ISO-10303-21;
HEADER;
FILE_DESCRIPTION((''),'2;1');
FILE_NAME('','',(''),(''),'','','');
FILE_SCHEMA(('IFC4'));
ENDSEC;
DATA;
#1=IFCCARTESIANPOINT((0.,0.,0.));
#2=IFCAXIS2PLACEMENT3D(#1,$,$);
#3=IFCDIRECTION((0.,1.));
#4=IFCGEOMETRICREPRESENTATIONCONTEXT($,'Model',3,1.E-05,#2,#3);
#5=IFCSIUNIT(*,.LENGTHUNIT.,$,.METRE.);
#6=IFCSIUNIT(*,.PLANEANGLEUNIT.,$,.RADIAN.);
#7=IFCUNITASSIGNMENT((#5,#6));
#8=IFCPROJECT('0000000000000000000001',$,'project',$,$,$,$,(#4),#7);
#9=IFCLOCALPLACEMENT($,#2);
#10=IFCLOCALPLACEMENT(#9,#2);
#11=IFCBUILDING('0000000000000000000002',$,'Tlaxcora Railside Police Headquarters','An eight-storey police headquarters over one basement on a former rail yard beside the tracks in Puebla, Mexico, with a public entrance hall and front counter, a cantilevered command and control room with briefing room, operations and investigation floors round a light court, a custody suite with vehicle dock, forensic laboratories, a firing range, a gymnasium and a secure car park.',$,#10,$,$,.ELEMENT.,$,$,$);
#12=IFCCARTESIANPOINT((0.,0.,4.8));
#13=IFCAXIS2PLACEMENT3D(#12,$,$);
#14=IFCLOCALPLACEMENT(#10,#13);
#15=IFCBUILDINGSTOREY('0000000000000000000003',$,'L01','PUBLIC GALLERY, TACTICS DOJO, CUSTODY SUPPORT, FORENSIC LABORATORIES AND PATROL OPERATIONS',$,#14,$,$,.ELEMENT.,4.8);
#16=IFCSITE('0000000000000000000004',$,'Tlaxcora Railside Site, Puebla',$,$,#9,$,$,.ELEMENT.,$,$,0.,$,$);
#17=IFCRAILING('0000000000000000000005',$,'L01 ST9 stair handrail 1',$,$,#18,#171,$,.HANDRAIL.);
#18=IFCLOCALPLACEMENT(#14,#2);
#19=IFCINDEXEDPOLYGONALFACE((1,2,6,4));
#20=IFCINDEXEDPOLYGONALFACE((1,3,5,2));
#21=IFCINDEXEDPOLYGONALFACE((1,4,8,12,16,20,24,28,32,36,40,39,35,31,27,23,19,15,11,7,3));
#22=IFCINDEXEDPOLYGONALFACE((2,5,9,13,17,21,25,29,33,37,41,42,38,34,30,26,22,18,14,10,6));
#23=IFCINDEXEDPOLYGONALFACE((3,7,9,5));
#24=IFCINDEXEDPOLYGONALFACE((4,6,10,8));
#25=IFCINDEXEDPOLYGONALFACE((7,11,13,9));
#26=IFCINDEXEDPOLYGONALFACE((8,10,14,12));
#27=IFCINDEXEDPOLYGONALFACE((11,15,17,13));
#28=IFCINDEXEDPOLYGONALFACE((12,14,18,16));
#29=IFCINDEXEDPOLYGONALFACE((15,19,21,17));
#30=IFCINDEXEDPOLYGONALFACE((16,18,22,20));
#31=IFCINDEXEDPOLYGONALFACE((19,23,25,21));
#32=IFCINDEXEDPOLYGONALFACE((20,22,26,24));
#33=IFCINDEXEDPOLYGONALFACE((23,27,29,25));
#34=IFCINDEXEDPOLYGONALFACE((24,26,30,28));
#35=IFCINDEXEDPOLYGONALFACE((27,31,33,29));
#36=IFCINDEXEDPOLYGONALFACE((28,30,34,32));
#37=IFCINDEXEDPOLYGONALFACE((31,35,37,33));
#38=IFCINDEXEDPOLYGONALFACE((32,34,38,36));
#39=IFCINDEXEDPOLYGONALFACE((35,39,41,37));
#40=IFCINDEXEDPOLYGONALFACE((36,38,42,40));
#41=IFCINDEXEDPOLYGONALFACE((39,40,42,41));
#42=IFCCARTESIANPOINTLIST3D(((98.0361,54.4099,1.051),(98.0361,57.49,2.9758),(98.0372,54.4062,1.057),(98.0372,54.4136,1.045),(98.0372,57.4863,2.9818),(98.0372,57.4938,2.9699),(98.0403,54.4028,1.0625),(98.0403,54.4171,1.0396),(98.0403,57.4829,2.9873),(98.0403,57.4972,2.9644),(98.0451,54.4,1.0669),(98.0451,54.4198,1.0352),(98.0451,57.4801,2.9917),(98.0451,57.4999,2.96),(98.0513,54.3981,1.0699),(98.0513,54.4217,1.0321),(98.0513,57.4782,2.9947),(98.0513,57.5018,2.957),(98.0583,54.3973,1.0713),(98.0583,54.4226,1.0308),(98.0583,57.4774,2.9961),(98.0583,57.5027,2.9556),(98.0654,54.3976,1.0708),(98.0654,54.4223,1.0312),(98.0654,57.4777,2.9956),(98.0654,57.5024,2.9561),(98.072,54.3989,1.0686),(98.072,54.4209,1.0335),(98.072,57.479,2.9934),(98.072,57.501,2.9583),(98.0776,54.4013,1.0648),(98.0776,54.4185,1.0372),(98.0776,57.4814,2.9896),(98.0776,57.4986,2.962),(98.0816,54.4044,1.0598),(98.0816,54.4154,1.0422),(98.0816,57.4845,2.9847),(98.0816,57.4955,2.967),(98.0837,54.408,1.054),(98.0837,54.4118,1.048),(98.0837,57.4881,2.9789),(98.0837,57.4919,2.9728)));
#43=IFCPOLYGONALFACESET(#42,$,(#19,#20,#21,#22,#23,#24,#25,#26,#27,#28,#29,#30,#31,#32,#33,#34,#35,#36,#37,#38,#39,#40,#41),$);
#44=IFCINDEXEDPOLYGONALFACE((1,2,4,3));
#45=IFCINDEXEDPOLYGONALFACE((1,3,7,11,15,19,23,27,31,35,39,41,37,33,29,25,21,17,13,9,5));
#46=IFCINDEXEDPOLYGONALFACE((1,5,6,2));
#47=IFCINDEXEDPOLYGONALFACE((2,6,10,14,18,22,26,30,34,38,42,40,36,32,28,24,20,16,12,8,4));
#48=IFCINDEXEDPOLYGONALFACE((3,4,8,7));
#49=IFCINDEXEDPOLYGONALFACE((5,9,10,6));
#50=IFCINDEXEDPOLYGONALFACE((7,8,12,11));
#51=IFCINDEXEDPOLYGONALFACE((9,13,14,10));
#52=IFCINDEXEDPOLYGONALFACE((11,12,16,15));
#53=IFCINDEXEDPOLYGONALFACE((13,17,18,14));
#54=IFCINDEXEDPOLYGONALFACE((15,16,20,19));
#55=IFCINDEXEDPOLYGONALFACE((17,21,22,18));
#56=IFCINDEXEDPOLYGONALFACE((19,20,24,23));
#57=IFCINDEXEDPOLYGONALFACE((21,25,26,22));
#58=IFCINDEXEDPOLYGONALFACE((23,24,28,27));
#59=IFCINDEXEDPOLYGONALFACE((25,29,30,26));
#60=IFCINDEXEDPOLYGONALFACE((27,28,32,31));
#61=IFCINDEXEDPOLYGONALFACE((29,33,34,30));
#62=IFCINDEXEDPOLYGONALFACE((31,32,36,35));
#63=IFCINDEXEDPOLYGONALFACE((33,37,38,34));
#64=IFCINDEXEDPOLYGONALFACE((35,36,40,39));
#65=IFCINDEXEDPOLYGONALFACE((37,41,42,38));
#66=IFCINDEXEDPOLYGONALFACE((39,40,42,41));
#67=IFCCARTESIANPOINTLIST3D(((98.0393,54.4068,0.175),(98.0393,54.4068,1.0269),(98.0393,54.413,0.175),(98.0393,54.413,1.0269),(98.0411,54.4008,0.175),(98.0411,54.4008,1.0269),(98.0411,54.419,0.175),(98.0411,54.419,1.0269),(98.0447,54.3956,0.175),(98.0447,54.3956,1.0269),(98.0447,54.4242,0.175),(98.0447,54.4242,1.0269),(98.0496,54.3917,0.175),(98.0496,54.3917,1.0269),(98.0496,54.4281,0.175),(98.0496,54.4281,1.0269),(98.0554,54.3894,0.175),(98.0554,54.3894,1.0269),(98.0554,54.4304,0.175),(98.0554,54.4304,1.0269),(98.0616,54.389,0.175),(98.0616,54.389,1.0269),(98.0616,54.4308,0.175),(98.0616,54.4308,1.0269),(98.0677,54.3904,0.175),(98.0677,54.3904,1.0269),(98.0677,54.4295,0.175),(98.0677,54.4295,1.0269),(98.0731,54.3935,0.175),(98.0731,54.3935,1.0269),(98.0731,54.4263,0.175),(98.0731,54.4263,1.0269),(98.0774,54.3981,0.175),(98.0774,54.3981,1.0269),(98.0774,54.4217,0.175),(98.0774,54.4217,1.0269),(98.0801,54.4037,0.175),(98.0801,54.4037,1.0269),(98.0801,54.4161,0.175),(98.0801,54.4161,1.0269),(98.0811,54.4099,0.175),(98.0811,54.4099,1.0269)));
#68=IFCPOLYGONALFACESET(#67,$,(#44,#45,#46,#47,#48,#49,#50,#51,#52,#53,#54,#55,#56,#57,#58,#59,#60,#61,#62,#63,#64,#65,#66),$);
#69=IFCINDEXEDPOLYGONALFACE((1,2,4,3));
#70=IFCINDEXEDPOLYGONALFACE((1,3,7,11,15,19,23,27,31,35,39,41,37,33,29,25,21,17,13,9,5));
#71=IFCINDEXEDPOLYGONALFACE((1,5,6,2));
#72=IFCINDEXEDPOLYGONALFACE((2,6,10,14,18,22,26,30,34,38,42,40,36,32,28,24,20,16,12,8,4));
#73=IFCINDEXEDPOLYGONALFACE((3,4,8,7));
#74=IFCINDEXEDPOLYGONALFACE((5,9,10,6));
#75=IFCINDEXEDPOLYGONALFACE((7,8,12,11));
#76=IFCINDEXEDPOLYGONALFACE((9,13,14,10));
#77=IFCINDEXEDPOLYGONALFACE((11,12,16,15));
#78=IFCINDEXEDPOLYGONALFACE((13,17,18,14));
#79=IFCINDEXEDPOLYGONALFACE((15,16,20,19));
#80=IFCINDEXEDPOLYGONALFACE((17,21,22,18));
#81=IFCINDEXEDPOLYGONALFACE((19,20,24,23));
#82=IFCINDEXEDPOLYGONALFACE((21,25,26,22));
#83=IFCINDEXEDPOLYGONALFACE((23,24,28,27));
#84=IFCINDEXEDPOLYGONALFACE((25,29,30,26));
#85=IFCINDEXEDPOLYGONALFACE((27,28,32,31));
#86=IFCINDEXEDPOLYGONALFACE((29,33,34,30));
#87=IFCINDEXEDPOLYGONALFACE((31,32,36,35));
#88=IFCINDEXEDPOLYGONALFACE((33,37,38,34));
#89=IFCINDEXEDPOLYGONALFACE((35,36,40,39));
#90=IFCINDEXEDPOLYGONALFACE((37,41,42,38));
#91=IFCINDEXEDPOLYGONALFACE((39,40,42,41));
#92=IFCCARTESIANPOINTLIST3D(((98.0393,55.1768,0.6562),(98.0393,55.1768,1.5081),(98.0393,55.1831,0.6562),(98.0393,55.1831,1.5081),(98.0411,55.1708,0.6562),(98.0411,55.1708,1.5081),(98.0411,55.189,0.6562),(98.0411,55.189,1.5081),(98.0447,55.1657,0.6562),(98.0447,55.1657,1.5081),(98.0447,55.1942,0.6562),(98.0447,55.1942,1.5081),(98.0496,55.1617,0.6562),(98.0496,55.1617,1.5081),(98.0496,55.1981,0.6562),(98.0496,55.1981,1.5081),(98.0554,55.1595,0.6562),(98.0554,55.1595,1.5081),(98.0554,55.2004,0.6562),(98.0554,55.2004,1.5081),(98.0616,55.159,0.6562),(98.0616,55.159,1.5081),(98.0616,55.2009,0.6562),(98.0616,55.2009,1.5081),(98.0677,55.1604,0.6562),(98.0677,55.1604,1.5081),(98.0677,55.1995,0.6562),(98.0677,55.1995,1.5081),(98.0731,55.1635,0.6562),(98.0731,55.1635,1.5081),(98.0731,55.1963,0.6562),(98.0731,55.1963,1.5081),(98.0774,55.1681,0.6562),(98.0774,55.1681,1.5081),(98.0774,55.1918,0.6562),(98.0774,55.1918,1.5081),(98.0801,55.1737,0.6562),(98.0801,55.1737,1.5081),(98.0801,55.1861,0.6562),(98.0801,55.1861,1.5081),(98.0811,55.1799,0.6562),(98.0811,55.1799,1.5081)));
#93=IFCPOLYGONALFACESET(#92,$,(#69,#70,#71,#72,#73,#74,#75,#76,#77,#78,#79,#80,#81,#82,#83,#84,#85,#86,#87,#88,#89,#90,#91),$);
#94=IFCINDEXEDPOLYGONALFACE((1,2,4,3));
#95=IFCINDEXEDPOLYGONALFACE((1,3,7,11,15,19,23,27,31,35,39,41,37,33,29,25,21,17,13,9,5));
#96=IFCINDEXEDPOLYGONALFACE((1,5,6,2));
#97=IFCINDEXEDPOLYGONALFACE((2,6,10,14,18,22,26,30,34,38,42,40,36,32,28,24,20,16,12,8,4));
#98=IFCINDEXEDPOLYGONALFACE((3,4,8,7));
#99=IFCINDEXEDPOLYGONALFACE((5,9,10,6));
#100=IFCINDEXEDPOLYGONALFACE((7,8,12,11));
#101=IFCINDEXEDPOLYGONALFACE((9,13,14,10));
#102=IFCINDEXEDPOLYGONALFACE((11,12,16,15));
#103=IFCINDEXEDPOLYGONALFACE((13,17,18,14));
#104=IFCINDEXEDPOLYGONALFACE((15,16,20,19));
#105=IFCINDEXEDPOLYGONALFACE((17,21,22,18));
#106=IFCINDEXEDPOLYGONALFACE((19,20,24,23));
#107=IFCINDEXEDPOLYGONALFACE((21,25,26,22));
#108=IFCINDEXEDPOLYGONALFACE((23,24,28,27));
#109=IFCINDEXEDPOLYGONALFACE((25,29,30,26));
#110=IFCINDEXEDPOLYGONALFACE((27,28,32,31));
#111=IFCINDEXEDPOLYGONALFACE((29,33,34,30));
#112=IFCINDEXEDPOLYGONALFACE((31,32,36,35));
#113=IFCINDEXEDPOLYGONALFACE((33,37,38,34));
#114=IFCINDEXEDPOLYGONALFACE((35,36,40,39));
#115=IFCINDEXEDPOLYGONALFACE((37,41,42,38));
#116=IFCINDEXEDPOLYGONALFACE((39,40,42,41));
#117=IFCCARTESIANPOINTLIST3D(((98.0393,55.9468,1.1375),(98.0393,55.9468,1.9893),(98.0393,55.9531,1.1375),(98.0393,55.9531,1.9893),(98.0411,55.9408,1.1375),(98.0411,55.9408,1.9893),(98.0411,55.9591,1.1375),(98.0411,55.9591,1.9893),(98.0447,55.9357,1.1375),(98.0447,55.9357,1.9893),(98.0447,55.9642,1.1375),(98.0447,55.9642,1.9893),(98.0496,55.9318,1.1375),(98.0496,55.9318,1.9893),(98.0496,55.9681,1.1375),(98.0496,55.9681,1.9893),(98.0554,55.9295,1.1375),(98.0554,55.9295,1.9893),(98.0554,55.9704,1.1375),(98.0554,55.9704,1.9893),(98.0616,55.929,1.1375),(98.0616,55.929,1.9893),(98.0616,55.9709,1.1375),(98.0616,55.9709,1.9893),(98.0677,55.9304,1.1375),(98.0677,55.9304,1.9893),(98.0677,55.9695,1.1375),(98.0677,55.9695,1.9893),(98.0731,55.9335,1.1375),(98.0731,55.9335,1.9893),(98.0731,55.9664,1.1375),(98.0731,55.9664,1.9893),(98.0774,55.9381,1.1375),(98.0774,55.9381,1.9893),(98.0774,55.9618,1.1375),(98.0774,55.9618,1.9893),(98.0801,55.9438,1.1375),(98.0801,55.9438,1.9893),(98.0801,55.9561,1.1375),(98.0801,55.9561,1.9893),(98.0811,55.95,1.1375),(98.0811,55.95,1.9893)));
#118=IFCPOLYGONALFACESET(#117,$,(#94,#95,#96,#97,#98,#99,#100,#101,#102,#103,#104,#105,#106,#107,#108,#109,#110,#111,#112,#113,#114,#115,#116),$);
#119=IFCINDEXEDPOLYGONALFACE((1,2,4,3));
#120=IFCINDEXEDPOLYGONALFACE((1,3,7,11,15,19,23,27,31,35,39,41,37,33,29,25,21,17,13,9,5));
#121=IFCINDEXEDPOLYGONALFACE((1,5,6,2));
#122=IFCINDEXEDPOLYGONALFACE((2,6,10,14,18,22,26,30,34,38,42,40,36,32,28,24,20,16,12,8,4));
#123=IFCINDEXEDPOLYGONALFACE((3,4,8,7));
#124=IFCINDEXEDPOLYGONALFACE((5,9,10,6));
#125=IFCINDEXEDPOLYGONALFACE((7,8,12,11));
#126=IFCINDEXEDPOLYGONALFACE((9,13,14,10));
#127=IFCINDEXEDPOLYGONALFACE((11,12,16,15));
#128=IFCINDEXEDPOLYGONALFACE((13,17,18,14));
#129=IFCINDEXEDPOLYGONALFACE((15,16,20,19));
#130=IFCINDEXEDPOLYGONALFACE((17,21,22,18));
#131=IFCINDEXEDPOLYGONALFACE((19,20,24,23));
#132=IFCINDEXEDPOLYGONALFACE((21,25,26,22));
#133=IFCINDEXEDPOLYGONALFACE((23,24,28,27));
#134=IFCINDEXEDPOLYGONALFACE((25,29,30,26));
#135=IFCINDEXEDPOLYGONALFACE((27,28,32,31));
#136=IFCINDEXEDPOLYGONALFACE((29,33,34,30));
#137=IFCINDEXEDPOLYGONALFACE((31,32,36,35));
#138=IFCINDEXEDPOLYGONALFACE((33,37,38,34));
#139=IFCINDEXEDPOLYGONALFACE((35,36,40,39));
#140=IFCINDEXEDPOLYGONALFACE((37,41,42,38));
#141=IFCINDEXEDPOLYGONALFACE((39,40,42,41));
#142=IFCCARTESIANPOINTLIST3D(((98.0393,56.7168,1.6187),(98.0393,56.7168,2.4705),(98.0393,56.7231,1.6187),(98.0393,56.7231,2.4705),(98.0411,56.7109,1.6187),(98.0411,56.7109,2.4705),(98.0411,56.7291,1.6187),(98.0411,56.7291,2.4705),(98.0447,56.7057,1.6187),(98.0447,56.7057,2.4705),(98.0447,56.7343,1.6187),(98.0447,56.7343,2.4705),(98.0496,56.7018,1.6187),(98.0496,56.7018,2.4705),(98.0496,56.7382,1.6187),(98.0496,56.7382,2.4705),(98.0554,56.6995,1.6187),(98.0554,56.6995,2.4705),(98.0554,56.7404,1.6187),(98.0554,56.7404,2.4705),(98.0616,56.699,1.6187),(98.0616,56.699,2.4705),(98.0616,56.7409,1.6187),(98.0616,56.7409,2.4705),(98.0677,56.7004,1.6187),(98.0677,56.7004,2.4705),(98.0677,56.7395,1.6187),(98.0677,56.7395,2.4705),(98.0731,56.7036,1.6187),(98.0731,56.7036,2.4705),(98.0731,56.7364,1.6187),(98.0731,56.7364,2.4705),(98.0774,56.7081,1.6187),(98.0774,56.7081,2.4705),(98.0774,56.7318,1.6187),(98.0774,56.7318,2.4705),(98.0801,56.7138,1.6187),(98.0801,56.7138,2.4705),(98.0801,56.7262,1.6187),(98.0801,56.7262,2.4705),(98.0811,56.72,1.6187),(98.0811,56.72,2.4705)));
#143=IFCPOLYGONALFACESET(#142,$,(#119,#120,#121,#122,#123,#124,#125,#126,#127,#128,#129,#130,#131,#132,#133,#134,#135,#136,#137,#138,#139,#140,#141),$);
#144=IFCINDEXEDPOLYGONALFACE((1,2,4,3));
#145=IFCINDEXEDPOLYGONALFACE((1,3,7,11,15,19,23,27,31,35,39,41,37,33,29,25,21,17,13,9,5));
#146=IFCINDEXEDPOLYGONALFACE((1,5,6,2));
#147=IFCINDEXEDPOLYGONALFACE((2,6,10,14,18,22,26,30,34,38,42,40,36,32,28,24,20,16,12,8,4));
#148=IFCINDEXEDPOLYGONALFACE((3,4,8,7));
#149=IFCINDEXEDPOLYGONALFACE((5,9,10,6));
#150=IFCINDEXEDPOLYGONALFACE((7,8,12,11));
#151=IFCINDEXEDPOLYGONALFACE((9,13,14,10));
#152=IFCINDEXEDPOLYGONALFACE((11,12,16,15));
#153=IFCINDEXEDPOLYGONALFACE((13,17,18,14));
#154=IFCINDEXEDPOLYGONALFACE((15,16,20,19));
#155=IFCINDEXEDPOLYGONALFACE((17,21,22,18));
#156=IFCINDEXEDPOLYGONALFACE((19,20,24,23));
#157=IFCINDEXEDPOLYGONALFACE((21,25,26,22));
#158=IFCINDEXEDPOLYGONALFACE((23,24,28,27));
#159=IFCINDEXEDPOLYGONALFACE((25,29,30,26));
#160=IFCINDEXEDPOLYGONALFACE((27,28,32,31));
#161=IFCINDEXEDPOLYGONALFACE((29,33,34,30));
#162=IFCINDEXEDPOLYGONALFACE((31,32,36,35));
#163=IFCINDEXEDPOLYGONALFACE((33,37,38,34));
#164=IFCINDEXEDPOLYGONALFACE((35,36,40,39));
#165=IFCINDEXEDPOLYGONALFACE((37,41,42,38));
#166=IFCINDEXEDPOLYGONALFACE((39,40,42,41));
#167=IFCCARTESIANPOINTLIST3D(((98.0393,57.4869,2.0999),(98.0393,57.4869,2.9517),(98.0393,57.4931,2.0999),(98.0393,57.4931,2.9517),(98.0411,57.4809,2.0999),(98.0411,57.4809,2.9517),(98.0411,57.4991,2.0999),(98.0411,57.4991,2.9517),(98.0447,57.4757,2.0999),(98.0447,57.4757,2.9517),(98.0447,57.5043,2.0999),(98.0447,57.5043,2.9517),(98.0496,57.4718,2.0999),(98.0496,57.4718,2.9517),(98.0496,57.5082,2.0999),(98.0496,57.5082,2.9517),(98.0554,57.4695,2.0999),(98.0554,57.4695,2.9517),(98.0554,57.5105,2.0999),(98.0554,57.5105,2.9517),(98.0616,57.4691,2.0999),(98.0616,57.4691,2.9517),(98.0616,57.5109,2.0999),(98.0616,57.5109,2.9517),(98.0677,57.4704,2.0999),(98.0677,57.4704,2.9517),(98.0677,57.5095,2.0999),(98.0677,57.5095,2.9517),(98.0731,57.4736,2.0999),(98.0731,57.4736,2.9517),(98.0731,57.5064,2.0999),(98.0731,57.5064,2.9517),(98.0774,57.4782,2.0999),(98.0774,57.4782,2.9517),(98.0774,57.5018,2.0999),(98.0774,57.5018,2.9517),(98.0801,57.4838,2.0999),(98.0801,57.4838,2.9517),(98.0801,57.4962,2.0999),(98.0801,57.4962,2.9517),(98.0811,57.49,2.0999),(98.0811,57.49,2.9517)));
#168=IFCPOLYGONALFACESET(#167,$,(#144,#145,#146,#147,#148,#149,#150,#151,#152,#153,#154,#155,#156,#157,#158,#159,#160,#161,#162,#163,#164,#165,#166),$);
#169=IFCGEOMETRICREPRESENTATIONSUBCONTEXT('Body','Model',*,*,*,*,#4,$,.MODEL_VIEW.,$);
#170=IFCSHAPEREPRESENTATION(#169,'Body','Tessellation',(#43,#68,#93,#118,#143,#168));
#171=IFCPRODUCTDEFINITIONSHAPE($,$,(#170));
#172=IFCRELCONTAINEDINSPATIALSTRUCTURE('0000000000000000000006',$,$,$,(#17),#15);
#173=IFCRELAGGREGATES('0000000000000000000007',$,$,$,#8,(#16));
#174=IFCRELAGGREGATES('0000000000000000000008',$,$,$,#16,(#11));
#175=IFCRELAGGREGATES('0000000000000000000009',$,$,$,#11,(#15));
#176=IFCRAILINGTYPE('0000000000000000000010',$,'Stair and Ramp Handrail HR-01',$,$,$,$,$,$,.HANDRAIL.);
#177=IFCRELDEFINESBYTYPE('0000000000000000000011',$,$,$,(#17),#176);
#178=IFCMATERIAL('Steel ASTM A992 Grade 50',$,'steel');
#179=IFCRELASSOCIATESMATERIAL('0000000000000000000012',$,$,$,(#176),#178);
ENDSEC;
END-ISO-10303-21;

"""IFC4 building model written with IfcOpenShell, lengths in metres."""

from ifc_helpers import new_model, si_unit, direction, frame, origin, origin_2d, place, context, subcontext, project, spatial, circle, extrude, material, type_object, element, save


model = new_model("IFC4")

# Units and contexts
model_context = context("Model", 3, precision=1e-05, world=origin(), true_north=direction((0.0, 1.0)))
body_context = subcontext(model_context, "Body", "Model", "MODEL_VIEW")
ifc_project = project(units=[si_unit("LENGTHUNIT", "METRE"), si_unit("PLANEANGLEUNIT", "RADIAN")], contexts=[model_context])

# Site, building, storey
site_placement = place(None, origin())
site = spatial("IfcSite", under=ifc_project, at=site_placement, Name="Tlaxcora Railside Site, Puebla", CompositionType="ELEMENT", RefElevation=0.0)
building_placement = place(site_placement, origin())
building = spatial("IfcBuilding", under=site, at=building_placement, Name="Tlaxcora Railside Police Headquarters", Description="An eight-storey police headquarters over one basement on a former rail yard beside the tracks in Puebla, Mexico, with a public entrance hall and front counter, a cantilevered command and control room with briefing room, operations and investigation floors round a light court, a custody suite with vehicle dock, forensic laboratories, a firing range, a gymnasium and a secure car park.", CompositionType="ELEMENT")
storey_placement = place(building_placement, frame((0.0, 0.0, 4.8)))
storey = spatial("IfcBuildingStorey", under=building, at=storey_placement, Name="L01", Description="PUBLIC GALLERY, TACTICS DOJO, CUSTODY SUPPORT, FORENSIC LABORATORIES AND PATROL OPERATIONS", CompositionType="ELEMENT", Elevation=4.8)

# Shared definitions
ifc_material_1 = material(Name="Steel ASTM A992 Grade 50", Category="steel")

# Railing
railing_type_1 = type_object("IfcRailingType", Name="Stair and Ramp Handrail HR-01", PredefinedType="HANDRAIL", material=ifc_material_1)
railing_1_placement = place(storey_placement, frame((98.0601, 54.4099, 0.175)))
element("IfcRailing", 1, at=railing_1_placement, inside=storey, type_object=railing_type_1, Name="L01 ST9 stair handrail 1", PredefinedType="HANDRAIL", context=body_context, shape_type="SweptSolid", body=[
    extrude(circle(Radius=0.0239, at=origin_2d()), frame((0.0, 0.0, 0.876), z_axis=(0.0, 0.848029, 0.529951), x_axis=(-1.0, 0.0, 0.0)), (0.0, 0.0, 1.0), 3.6321),
    extrude(circle(Radius=0.021, at=origin_2d()), origin(), (0.0, 0.0, 1.0), 0.8518),
    extrude(circle(Radius=0.021, at=origin_2d()), frame((0.0, 0.77, 0.4812)), (0.0, 0.0, 1.0), 0.8518),
    extrude(circle(Radius=0.021, at=origin_2d()), frame((0.0, 1.54, 0.9624)), (0.0, 0.0, 1.0), 0.8518),
    extrude(circle(Radius=0.021, at=origin_2d()), frame((0.0, 2.3101, 1.4436)), (0.0, 0.0, 1.0), 0.8518),
    extrude(circle(Radius=0.021, at=origin_2d()), frame((0.0, 3.0801, 1.9248)), (0.0, 0.0, 1.0), 0.8518),
])

save(model, "model.ifc")
